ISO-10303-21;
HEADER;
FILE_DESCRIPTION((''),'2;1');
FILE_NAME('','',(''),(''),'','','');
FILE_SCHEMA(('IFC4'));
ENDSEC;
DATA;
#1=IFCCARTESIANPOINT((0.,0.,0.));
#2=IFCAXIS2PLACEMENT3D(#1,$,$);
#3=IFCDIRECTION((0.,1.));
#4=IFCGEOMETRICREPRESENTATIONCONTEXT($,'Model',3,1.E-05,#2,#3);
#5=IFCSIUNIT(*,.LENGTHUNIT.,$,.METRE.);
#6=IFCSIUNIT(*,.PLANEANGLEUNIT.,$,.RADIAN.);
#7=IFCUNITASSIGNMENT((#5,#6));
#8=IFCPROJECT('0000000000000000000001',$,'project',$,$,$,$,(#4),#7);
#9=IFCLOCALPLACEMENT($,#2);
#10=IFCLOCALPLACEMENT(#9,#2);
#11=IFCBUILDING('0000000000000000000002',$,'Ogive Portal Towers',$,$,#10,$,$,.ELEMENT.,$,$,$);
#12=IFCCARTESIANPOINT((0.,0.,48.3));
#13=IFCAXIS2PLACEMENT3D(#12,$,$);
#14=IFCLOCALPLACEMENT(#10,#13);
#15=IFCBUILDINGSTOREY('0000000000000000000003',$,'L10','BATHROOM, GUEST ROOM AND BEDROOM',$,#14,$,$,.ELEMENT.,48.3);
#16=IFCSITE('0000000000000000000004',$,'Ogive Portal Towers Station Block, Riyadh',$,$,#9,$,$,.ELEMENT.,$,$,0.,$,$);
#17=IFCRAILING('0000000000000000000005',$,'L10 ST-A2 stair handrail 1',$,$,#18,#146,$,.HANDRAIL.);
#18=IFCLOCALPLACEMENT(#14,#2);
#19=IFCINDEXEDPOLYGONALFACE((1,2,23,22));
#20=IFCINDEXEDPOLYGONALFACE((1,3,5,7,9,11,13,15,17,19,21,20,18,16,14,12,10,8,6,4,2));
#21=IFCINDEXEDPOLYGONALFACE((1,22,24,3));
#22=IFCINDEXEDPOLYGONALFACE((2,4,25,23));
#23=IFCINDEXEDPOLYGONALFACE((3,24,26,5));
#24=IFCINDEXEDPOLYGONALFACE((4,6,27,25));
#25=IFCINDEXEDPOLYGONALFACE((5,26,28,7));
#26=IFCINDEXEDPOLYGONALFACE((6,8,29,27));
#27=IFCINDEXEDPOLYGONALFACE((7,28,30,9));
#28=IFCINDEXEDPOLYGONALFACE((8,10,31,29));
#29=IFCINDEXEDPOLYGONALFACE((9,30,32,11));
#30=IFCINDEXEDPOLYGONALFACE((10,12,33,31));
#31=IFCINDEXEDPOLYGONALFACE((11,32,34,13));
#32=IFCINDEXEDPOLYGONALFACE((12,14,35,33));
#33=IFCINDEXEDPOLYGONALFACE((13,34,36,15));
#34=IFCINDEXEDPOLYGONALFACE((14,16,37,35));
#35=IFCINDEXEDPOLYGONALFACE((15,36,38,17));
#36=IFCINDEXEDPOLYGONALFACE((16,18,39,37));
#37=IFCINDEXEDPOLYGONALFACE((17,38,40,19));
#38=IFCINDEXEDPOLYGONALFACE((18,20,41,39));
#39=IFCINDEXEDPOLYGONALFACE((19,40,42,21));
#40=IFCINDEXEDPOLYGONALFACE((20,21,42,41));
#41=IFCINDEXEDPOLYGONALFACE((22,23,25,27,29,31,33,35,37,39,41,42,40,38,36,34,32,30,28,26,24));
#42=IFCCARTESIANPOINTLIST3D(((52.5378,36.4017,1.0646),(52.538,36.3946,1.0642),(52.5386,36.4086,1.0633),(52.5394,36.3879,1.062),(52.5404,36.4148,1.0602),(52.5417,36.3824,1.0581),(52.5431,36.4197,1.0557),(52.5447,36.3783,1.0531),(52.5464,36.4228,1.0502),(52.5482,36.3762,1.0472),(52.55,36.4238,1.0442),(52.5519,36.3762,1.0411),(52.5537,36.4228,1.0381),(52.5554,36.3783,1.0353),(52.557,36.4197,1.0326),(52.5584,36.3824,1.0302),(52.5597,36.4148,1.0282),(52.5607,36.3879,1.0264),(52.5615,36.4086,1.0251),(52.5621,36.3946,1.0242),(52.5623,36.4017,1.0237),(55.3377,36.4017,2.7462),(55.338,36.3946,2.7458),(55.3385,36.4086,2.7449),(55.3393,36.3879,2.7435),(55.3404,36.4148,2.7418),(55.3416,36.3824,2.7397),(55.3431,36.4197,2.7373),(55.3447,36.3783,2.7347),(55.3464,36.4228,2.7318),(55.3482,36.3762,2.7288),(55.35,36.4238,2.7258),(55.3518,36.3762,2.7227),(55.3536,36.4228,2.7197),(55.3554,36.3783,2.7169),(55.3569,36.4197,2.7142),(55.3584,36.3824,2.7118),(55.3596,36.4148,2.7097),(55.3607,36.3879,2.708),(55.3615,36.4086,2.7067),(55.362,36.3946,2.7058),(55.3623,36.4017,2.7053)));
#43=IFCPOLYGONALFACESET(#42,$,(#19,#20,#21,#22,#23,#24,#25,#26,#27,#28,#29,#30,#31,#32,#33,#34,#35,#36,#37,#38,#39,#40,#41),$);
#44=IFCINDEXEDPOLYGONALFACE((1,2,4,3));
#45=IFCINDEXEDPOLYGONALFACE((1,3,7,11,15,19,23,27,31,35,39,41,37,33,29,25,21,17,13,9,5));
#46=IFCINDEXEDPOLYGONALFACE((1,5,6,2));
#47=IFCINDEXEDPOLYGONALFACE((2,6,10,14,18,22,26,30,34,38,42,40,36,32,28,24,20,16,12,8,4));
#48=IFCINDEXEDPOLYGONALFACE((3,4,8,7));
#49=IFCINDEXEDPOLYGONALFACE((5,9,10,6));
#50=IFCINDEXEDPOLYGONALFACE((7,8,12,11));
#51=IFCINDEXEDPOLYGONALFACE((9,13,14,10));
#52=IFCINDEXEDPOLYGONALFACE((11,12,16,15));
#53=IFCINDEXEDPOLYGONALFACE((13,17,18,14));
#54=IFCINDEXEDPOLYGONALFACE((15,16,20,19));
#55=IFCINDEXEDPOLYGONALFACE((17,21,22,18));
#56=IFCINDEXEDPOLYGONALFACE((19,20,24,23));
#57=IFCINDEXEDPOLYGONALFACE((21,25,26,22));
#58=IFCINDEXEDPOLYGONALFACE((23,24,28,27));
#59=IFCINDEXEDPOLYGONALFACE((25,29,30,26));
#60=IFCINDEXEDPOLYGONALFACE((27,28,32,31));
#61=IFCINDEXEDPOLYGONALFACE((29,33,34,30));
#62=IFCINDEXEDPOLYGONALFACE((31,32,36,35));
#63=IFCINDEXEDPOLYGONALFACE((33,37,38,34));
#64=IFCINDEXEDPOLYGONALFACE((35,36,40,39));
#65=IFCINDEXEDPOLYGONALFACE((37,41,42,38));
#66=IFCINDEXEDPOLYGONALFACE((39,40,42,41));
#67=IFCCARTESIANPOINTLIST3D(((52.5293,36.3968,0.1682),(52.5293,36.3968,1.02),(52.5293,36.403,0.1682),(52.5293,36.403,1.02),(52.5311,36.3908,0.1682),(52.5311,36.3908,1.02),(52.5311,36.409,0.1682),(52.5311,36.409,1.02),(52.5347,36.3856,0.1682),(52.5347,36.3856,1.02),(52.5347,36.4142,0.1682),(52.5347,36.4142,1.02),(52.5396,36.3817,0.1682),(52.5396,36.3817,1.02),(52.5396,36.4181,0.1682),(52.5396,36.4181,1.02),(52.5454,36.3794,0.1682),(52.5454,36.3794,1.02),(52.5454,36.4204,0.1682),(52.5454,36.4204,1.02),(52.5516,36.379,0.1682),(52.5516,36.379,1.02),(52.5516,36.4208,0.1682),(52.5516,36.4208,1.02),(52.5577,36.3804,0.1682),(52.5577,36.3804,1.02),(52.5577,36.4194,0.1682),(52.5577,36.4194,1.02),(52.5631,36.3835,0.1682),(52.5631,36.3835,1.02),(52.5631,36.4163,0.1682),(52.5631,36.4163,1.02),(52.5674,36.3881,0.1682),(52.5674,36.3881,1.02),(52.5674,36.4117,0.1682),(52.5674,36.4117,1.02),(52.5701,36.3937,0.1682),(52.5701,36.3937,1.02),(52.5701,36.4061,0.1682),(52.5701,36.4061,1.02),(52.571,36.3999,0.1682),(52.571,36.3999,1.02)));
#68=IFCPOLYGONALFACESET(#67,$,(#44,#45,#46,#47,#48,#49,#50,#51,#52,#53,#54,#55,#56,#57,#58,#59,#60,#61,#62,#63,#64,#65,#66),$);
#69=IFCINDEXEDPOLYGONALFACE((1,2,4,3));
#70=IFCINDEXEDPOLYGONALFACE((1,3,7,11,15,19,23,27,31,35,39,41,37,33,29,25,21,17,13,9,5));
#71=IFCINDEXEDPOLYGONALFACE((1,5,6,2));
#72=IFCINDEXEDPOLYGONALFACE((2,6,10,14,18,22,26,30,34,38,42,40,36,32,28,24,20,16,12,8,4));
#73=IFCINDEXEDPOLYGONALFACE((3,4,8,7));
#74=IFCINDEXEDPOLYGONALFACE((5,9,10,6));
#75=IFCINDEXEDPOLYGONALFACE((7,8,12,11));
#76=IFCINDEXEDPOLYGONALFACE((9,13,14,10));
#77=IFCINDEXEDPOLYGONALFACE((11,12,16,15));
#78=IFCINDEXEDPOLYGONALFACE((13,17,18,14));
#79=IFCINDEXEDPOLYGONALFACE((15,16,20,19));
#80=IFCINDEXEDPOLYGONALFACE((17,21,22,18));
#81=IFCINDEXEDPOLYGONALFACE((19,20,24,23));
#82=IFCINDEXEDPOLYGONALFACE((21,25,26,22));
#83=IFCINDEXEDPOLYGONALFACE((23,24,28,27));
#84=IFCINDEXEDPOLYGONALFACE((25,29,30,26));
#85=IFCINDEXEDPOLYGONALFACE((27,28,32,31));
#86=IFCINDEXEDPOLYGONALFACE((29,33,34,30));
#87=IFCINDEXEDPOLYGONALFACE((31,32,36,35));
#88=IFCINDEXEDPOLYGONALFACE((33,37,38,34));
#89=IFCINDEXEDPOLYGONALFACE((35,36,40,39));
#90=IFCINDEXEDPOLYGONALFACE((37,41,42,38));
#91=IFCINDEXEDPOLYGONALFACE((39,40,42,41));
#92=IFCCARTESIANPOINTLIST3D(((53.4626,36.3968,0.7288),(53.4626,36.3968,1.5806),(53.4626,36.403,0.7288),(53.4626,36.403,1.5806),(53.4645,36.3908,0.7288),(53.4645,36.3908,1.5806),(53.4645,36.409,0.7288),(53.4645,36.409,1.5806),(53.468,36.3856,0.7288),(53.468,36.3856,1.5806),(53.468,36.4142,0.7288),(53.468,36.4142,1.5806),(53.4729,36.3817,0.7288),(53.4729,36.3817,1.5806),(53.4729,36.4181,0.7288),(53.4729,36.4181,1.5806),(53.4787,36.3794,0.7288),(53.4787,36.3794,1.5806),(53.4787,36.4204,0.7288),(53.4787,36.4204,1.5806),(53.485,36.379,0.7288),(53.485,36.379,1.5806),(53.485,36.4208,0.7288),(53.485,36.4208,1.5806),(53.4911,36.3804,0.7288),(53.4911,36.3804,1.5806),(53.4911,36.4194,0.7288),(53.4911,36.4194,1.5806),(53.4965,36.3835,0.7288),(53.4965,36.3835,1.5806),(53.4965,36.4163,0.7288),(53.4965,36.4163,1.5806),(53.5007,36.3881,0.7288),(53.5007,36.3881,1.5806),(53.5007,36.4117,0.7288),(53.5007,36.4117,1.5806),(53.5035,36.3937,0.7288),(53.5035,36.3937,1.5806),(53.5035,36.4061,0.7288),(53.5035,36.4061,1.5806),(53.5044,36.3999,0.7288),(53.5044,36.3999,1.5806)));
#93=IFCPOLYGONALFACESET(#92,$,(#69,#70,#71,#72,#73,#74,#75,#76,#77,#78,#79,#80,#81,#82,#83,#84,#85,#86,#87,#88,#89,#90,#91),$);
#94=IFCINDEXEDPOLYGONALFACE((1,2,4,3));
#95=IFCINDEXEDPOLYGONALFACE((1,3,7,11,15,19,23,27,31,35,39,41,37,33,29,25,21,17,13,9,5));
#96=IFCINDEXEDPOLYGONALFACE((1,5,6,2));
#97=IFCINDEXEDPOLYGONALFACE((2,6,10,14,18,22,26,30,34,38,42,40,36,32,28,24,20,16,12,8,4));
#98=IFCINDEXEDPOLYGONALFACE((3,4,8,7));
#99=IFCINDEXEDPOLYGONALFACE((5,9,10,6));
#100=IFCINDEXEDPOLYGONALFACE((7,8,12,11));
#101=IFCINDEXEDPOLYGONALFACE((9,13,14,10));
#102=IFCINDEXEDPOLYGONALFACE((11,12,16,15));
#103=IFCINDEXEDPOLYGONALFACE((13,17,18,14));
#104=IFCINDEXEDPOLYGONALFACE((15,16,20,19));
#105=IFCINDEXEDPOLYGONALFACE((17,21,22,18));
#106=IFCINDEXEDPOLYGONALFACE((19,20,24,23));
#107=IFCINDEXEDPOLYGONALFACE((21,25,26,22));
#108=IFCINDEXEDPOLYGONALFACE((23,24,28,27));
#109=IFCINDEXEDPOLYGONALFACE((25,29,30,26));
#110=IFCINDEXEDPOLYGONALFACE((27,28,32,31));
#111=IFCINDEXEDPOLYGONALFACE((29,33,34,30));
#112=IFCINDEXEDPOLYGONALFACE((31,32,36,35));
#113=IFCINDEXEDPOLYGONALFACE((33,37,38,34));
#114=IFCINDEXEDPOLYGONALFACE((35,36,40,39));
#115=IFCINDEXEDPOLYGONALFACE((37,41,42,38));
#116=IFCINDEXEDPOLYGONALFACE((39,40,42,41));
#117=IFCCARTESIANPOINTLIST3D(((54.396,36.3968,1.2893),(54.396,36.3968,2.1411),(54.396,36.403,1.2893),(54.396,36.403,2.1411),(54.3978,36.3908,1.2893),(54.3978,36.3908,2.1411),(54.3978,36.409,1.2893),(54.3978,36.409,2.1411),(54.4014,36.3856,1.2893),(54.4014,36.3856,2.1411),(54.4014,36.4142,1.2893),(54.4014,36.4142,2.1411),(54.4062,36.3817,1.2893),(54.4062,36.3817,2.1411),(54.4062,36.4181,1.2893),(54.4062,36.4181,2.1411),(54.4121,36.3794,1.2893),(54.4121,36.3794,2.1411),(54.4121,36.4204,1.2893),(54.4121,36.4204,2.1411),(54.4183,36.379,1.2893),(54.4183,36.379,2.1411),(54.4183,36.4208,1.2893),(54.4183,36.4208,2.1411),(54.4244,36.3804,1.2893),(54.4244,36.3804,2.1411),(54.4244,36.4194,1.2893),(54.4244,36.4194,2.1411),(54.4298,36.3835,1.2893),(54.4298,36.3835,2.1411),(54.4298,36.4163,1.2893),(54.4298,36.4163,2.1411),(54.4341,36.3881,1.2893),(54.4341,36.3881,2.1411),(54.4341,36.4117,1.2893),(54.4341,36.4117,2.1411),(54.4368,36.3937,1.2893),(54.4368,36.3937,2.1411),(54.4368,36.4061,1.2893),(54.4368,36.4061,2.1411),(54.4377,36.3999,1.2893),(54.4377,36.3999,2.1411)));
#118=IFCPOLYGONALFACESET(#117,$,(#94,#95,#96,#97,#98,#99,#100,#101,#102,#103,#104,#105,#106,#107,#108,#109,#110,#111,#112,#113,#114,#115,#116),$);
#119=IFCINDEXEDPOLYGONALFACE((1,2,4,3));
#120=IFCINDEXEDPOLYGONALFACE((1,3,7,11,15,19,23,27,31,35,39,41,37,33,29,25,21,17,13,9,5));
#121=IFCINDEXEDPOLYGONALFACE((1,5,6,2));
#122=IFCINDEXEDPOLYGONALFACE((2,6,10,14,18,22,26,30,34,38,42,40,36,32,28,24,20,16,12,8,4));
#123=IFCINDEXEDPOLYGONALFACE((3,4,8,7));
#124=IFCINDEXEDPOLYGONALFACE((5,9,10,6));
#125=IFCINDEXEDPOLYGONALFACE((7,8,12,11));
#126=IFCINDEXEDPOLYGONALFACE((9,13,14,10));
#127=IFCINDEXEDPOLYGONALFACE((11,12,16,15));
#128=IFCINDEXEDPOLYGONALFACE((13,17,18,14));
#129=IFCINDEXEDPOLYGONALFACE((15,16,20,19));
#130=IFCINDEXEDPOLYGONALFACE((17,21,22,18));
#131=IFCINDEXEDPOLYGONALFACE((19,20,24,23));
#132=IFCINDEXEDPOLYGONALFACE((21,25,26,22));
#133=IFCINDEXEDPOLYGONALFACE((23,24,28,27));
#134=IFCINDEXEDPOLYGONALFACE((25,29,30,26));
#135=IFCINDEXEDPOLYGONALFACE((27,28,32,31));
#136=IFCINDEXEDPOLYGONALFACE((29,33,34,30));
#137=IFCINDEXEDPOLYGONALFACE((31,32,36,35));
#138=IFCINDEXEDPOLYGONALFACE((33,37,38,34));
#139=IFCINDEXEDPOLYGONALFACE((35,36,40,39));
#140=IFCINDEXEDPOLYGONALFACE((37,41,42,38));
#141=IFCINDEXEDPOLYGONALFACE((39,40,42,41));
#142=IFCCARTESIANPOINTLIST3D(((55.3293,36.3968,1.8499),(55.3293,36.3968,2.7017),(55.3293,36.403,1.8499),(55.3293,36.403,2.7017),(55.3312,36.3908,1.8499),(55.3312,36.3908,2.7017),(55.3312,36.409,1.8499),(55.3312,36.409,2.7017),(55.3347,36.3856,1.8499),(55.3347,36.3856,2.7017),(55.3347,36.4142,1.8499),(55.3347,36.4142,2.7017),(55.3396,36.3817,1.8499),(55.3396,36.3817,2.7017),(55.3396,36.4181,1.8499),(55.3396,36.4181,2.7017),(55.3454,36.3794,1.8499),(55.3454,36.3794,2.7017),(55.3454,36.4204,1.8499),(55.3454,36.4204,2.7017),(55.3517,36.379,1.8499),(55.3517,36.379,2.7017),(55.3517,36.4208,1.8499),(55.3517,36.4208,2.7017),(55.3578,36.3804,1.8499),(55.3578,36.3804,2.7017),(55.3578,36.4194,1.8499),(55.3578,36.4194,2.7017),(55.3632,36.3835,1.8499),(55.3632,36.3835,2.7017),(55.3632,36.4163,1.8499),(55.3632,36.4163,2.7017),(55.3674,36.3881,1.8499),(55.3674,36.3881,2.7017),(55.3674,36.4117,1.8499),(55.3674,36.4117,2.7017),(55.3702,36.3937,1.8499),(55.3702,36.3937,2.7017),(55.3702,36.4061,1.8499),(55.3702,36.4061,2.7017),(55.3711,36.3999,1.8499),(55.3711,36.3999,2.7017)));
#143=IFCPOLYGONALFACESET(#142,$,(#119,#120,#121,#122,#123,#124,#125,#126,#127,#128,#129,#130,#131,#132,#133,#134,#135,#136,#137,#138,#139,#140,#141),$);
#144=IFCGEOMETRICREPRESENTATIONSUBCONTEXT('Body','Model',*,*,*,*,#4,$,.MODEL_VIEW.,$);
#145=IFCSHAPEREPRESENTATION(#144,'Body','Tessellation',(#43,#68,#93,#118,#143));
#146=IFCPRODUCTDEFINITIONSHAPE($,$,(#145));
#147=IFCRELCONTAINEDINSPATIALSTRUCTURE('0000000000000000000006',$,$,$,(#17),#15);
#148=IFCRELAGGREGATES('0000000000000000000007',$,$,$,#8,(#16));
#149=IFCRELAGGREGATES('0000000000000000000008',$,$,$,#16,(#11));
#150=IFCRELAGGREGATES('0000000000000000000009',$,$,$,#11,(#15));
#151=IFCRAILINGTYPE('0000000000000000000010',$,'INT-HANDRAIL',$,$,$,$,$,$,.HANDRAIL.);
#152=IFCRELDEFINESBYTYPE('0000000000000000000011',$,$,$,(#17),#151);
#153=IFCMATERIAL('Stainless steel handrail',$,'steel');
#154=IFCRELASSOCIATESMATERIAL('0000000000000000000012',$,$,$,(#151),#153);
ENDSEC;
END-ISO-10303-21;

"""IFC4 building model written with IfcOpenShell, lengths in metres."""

from ifc_helpers import new_model, si_unit, direction, frame, origin, origin_2d, place, context, subcontext, project, spatial, circle, extrude, material, type_object, element, save


model = new_model("IFC4")

# Units and contexts
model_context = context("Model", 3, precision=1e-05, world=origin(), true_north=direction((0.0, 1.0)))
body_context = subcontext(model_context, "Body", "Model", "MODEL_VIEW")
ifc_project = project(units=[si_unit("LENGTHUNIT", "METRE"), si_unit("PLANEANGLEUNIT", "RADIAN")], contexts=[model_context])

# Site, building, storey
site_placement = place(None, origin())
site = spatial("IfcSite", under=ifc_project, at=site_placement, Name="Ogive Portal Towers Station Block, Riyadh", CompositionType="ELEMENT", RefElevation=0.0)
building_placement = place(site_placement, origin())
building = spatial("IfcBuilding", under=site, at=building_placement, Name="Ogive Portal Towers", CompositionType="ELEMENT")
storey_placement = place(building_placement, frame((0.0, 0.0, 48.3)))
storey = spatial("IfcBuildingStorey", under=building, at=storey_placement, Name="L10", Description="BATHROOM, GUEST ROOM AND BEDROOM", CompositionType="ELEMENT", Elevation=48.3)

# Railing
ifc_material_1 = material(Name="Stainless steel handrail", Category="steel")
railing_type_1 = type_object("IfcRailingType", Name="INT-HANDRAIL", PredefinedType="HANDRAIL", material=ifc_material_1)
railing_1_placement = place(storey_placement, frame((52.55, 36.3999, 0.1682)))
element("IfcRailing", 1, at=railing_1_placement, inside=storey, type_object=railing_type_1, Name="L10 ST-A2 stair handrail 1", PredefinedType="HANDRAIL", context=body_context, shape_type="SweptSolid", body=[
    extrude(circle(Radius=0.0239, at=origin_2d()), frame((0.0, 0.0, 0.876), z_axis=(0.857275, 0.0, 0.514858), x_axis=(0.0, 1.0, 0.0)), (0.0, 0.0, 1.0), 3.2661),
    extrude(circle(Radius=0.021, at=origin_2d()), origin(), (0.0, 0.0, 1.0), 0.8518),
    extrude(circle(Radius=0.021, at=origin_2d()), frame((0.9333, 0.0, 0.5605)), (0.0, 0.0, 1.0), 0.8518),
    extrude(circle(Radius=0.021, at=origin_2d()), frame((1.8667, 0.0, 1.1211)), (0.0, 0.0, 1.0), 0.8518),
    extrude(circle(Radius=0.021, at=origin_2d()), frame((2.8, 0.0, 1.6816)), (0.0, 0.0, 1.0), 0.8518),
])

save(model, "model.ifc")
